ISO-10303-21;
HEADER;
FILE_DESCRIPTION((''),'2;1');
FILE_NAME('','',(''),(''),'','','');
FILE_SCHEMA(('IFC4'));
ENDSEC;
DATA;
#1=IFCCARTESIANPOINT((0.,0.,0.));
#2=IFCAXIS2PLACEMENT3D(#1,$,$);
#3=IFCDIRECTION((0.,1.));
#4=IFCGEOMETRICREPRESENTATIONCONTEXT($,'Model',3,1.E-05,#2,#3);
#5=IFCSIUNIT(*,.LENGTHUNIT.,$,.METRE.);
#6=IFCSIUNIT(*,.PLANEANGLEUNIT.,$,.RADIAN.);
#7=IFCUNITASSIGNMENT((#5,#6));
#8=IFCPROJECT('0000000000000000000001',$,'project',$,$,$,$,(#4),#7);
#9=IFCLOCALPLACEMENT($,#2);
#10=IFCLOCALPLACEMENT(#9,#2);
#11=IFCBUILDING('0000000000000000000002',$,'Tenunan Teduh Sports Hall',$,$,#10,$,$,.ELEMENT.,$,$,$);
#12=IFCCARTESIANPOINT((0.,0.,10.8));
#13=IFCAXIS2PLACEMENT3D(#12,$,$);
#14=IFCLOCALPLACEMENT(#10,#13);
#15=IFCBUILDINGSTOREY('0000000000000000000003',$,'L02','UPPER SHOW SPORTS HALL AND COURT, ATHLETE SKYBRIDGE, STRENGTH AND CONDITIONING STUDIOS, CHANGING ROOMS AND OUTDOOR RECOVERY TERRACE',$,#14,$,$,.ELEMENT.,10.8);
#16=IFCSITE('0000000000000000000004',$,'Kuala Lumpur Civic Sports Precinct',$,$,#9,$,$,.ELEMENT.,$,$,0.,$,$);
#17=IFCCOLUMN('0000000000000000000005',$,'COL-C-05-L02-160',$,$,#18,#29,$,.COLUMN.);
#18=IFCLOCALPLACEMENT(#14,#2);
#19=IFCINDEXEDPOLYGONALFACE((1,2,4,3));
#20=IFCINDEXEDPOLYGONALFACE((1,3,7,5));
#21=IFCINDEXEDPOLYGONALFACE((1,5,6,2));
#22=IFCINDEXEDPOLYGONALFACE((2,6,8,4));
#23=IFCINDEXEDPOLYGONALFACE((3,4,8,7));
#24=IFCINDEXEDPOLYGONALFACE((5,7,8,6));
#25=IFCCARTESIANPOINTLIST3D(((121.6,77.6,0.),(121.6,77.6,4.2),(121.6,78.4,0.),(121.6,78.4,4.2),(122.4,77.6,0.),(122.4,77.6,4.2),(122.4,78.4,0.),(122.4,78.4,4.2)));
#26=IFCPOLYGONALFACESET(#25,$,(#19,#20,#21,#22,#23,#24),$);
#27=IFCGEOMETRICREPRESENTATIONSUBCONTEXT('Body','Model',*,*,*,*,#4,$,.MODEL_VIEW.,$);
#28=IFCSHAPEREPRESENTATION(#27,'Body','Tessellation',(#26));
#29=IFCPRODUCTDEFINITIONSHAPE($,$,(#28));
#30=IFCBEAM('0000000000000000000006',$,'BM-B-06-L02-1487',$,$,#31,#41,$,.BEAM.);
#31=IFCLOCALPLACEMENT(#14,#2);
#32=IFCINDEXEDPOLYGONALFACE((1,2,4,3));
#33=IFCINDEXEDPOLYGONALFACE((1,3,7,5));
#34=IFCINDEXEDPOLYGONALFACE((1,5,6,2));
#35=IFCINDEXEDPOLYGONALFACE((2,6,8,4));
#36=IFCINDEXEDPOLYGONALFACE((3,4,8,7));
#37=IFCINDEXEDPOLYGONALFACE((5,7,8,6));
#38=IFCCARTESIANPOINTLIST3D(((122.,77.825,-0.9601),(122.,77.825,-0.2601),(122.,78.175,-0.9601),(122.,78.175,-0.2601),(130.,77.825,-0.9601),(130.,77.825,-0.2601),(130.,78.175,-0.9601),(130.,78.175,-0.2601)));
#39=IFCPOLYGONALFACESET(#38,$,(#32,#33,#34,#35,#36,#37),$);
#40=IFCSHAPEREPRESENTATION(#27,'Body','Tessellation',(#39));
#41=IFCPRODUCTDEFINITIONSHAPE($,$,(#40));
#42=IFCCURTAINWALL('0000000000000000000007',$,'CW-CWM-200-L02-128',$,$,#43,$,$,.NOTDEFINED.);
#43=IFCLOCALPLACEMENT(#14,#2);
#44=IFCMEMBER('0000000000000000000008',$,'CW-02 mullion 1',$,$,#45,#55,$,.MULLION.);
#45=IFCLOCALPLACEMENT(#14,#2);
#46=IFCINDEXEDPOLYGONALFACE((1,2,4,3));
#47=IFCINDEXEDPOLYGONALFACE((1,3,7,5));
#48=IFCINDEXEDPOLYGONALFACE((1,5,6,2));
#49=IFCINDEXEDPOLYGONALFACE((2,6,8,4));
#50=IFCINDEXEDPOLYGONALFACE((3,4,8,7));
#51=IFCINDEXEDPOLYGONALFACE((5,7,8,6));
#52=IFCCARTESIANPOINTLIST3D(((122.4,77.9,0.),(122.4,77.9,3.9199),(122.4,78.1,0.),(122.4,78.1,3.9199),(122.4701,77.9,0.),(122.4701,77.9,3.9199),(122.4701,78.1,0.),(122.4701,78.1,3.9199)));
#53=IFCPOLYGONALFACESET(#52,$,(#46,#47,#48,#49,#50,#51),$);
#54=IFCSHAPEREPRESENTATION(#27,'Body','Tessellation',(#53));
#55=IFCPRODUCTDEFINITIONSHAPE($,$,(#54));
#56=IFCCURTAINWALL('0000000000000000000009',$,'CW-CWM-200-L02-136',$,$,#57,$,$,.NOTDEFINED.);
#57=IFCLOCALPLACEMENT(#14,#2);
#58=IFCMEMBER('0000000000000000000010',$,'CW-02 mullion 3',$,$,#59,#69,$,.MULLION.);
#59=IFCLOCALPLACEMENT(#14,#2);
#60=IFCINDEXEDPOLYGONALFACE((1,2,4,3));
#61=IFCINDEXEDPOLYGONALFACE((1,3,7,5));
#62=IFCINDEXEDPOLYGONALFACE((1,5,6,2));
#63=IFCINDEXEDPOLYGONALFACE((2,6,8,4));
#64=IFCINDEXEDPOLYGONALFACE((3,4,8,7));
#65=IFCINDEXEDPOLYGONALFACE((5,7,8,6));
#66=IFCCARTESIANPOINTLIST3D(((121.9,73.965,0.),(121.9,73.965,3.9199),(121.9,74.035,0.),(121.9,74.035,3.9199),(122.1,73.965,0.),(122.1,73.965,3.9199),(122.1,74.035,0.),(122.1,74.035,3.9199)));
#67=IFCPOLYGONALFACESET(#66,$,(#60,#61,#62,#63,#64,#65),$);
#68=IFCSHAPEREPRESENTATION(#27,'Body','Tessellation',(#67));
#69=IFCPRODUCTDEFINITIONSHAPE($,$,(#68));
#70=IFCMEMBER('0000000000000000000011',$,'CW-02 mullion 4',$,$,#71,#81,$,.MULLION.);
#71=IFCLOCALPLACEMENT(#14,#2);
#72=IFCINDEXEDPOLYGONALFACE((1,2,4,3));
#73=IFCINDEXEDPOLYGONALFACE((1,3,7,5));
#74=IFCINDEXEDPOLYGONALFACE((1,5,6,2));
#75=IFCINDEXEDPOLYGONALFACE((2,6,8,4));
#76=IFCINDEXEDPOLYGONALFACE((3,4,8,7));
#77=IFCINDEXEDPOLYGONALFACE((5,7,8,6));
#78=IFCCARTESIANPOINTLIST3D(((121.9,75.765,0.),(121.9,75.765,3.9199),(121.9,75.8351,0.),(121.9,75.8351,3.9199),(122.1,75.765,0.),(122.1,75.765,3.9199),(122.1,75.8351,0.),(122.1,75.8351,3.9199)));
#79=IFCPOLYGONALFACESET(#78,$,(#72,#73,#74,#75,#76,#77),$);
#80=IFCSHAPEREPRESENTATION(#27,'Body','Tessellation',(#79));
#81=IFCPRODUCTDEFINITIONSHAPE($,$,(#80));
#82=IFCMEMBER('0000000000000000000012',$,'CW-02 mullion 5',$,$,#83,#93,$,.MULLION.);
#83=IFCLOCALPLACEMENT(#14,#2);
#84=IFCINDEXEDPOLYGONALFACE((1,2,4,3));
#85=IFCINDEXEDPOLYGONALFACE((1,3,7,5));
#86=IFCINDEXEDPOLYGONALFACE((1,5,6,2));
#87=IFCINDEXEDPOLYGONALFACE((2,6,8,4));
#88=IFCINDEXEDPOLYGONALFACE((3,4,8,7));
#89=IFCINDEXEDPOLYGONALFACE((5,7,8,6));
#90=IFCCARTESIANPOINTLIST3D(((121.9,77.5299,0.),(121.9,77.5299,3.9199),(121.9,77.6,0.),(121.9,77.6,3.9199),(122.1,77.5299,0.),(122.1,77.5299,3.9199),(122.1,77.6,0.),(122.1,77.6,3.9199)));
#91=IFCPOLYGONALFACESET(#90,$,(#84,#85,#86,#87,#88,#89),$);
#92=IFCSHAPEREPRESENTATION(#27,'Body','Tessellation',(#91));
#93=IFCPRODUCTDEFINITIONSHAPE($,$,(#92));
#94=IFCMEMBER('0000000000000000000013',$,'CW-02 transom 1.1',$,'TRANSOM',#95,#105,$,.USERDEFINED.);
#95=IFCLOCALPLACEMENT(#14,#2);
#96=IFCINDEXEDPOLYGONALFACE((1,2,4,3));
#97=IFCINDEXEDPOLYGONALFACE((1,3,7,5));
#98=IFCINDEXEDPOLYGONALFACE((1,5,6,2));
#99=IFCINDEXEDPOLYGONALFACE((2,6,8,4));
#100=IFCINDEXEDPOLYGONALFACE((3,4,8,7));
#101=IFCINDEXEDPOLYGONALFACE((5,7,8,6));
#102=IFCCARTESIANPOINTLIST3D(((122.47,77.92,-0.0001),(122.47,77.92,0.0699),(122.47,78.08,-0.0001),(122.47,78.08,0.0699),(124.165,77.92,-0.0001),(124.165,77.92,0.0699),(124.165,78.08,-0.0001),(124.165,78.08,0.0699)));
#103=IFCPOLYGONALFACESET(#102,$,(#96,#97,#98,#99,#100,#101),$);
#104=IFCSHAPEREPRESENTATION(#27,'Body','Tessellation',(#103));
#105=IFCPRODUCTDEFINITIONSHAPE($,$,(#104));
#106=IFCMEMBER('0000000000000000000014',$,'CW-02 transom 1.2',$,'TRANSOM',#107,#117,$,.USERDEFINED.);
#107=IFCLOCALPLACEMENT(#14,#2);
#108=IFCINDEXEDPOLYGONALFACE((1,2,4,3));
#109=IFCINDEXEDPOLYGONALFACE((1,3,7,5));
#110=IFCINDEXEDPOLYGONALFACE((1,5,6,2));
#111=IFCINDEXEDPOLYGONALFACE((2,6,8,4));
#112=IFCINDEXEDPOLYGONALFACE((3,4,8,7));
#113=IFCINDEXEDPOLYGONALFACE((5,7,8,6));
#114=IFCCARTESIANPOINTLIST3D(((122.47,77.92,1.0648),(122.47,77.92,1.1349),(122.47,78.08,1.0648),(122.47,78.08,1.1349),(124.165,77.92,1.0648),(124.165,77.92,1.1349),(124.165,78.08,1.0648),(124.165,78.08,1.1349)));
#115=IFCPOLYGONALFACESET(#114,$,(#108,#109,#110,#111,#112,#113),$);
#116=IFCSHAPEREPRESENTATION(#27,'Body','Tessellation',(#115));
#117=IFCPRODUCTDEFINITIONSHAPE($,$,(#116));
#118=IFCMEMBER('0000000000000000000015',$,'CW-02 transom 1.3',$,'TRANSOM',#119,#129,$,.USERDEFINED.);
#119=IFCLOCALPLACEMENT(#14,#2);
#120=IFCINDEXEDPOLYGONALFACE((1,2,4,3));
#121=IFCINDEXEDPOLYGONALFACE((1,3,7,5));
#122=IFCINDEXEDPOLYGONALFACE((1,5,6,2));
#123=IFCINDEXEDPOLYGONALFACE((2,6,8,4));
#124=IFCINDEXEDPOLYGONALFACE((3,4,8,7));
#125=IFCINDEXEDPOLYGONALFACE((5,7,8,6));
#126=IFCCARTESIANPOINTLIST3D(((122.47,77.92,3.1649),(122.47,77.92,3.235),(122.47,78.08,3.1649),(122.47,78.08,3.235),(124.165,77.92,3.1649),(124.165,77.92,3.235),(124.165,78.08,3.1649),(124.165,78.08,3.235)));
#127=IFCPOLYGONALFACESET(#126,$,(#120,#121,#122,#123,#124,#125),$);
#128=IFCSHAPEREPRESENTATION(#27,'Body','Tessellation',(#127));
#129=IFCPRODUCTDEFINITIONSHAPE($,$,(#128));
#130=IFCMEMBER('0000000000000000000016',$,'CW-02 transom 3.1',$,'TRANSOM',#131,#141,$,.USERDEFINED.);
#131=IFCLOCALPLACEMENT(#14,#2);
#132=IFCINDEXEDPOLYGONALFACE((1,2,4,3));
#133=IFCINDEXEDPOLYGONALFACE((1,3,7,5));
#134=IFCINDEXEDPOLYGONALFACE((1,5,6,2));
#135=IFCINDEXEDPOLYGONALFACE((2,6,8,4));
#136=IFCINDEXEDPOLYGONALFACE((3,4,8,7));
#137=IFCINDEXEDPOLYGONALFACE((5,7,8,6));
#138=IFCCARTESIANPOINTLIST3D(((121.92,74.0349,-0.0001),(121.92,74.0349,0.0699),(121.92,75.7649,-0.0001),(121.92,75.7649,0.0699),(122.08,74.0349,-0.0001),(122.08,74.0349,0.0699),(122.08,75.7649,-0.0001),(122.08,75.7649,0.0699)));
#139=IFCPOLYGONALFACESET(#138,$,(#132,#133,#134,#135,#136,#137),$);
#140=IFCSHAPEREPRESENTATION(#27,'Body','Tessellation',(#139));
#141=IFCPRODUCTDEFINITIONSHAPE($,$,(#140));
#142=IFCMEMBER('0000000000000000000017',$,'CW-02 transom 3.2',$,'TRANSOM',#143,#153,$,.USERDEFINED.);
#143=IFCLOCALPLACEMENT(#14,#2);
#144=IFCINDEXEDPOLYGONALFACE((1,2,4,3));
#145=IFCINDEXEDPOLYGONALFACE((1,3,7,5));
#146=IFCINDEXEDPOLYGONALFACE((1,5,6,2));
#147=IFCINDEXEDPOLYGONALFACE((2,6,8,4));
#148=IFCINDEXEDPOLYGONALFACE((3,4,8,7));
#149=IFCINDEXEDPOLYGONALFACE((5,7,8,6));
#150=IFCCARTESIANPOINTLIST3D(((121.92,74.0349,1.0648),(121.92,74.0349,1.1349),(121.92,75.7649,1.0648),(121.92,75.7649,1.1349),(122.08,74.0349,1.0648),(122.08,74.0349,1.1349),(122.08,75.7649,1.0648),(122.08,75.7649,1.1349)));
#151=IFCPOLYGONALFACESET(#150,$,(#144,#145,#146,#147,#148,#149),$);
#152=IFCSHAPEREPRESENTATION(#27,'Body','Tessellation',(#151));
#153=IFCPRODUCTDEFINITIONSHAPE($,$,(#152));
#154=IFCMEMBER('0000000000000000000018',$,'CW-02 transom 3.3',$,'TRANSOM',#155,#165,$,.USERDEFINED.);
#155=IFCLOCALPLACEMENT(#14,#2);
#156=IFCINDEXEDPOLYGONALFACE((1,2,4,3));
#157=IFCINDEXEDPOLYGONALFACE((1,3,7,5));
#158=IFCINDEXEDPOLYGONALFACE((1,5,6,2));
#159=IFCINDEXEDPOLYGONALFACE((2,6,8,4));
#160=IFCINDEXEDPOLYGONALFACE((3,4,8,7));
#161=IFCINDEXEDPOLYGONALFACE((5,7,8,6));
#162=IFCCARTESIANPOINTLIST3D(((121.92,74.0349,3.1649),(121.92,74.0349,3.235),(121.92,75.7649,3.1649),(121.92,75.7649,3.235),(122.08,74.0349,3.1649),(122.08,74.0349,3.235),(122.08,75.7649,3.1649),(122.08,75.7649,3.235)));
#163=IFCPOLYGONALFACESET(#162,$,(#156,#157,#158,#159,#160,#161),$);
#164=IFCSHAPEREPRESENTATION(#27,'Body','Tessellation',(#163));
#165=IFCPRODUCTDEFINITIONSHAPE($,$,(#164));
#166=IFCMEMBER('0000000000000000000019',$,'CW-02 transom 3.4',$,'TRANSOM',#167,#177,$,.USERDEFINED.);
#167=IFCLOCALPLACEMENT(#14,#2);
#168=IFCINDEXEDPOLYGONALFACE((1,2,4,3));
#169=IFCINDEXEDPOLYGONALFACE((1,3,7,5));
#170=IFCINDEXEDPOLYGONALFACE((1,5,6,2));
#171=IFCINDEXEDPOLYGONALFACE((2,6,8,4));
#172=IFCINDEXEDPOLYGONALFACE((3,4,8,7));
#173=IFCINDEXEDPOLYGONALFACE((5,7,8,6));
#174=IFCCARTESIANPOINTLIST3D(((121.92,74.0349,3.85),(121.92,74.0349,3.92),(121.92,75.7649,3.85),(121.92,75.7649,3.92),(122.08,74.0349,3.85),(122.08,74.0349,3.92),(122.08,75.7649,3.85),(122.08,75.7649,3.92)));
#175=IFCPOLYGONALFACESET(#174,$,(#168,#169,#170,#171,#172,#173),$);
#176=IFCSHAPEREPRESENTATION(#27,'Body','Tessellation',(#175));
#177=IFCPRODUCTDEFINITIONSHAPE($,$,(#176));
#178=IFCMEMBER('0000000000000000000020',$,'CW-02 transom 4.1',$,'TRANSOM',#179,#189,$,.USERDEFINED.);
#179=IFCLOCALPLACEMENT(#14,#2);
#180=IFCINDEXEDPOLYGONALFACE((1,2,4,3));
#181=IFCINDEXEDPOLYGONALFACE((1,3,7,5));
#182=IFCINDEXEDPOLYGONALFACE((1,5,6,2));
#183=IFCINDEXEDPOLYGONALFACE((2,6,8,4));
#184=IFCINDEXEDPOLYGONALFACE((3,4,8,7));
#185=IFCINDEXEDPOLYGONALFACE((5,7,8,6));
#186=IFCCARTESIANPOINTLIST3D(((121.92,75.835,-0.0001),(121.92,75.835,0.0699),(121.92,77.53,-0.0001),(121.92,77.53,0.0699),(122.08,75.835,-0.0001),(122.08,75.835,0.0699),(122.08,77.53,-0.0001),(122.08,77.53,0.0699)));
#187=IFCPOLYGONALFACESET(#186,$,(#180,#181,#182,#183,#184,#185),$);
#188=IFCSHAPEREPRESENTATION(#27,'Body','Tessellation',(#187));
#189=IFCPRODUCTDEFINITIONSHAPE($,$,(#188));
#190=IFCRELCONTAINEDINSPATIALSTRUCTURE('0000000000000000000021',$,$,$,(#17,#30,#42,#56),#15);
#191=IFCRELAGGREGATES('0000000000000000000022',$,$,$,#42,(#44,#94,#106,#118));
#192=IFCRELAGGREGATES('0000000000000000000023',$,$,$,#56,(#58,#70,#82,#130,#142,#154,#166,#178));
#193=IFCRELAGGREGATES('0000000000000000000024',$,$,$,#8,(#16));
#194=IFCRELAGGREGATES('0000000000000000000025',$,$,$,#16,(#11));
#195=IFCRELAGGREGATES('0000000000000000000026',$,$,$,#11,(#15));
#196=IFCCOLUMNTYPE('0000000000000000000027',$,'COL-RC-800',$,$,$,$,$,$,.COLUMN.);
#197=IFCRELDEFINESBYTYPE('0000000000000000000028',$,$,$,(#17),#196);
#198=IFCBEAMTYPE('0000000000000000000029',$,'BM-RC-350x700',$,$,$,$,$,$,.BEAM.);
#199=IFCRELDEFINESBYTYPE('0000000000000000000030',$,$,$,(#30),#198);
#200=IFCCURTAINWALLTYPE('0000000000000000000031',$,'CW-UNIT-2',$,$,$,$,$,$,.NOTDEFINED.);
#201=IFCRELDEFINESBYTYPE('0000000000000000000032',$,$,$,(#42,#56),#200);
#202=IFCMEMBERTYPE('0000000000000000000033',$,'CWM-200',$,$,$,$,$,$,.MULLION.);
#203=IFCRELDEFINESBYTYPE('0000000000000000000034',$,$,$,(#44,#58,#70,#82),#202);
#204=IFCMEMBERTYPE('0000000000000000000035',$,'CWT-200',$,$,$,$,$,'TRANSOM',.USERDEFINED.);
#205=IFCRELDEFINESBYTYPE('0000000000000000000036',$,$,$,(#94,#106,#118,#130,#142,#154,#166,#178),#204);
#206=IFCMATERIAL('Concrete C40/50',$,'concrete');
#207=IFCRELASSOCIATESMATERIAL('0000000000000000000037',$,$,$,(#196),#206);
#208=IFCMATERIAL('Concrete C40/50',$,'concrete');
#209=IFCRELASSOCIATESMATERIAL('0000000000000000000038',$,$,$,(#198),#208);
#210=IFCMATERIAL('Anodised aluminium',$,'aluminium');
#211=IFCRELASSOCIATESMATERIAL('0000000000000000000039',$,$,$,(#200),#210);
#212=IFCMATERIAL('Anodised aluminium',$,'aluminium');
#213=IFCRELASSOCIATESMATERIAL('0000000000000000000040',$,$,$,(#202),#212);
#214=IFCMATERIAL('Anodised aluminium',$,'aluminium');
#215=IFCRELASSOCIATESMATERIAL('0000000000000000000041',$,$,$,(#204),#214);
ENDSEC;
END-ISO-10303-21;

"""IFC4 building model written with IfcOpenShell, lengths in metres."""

from ifc_helpers import new_model, si_unit, direction, frame, origin, origin_2d, place, context, subcontext, project, spatial, rectangle, extrude, material, material_profile, profile_set, type_object, element, aggregate, save


model = new_model("IFC4")

# Units and contexts
model_context = context("Model", 3, precision=1e-05, world=origin(), true_north=direction((0.0, 1.0)))
body_context = subcontext(model_context, "Body", "Model", "MODEL_VIEW")
ifc_project = project(units=[si_unit("LENGTHUNIT", "METRE"), si_unit("PLANEANGLEUNIT", "RADIAN")], contexts=[model_context])

# Site, building, storey
site_placement = place(None, origin())
site = spatial("IfcSite", under=ifc_project, at=site_placement, Name="Kuala Lumpur Civic Sports Precinct", CompositionType="ELEMENT", RefElevation=0.0)
building_placement = place(site_placement, origin())
building = spatial("IfcBuilding", under=site, at=building_placement, Name="Tenunan Teduh Sports Hall", CompositionType="ELEMENT")
storey_placement = place(building_placement, frame((0.0, 0.0, 10.8)))
storey = spatial("IfcBuildingStorey", under=building, at=storey_placement, Name="L02", Description="UPPER SHOW SPORTS HALL AND COURT, ATHLETE SKYBRIDGE, STRENGTH AND CONDITIONING STUDIOS, CHANGING ROOMS AND OUTDOOR RECOVERY TERRACE", CompositionType="ELEMENT", Elevation=10.8)

# Column
ifc_material_1 = material(Name="Concrete C40/50", Category="concrete")
ifc_material_profile_1 = material_profile(ifc_material_1, rectangle(XDim=0.8, YDim=0.8, at=origin_2d()), Name="RC 800x800")
ifc_profile_set_1 = profile_set([ifc_material_profile_1], Name="Concrete C40/50")
column_type = type_object("IfcColumnType", Name="COL-RC-800", PredefinedType="COLUMN", material=ifc_profile_set_1)
column_placement = place(storey_placement, frame((122.0, 78.0, 0.0), z_axis=(0.0, 0.0, 1.0), x_axis=(1.0, 0.0, 0.0)))
element("IfcColumn", 1, at=column_placement, inside=storey, type_object=column_type, Name="COL-C-05-L02-160", PredefinedType="COLUMN", context=body_context, shape_type="SweptSolid", body=[
    extrude(rectangle(XDim=0.8, YDim=0.8, at=origin_2d()), origin(), (0.0, 0.0, 1.0), 4.2),
])

# Beam
ifc_material_2 = material(Name="Concrete C40/50", Category="concrete")
ifc_material_profile_2 = material_profile(ifc_material_2, rectangle(XDim=0.3501, YDim=0.7, at=origin_2d()), Name="RCB 350x700")
ifc_profile_set_2 = profile_set([ifc_material_profile_2], Name="Concrete C40/50")
beam_type = type_object("IfcBeamType", Name="BM-RC-350x700", PredefinedType="BEAM", material=ifc_profile_set_2)
beam_placement = place(storey_placement, frame((122.0, 78.0, -0.6101), z_axis=(1.0, 0.0, 0.0), x_axis=(0.0, 1.0, 0.0)))
element("IfcBeam", 2, at=beam_placement, inside=storey, type_object=beam_type, Name="BM-B-06-L02-1487", PredefinedType="BEAM", context=body_context, shape_type="SweptSolid", body=[
    extrude(rectangle(XDim=0.3501, YDim=0.7, at=origin_2d()), origin(), (0.0, 0.0, 1.0), 8.0),
])

# Curtain wall, member
ifc_material_3 = material(Name="Anodised aluminium", Category="aluminium")
curtain_wall_type = type_object("IfcCurtainWallType", Name="CW-UNIT-2", PredefinedType="NOTDEFINED", material=ifc_material_3)
curtain_wall_1_placement = place(storey_placement, origin())
curtain_wall_1 = element("IfcCurtainWall", 3, at=curtain_wall_1_placement, inside=storey, type_object=curtain_wall_type, Name="CW-CWM-200-L02-128", PredefinedType="NOTDEFINED")
ifc_material_4 = material(Name="Anodised aluminium", Category="aluminium")
ifc_material_profile_3 = material_profile(ifc_material_4, rectangle(XDim=0.0701, YDim=0.2, at=origin_2d()), Name="CWM 70x200")
ifc_profile_set_3 = profile_set([ifc_material_profile_3], Name="Anodised aluminium")
member_type_1 = type_object("IfcMemberType", Name="CWM-200", PredefinedType="MULLION", material=ifc_profile_set_3)
member_1_placement = place(storey_placement, frame((122.4351, 78.0, 0.0), z_axis=(0.0, 0.0, 1.0), x_axis=(1.0, 0.0, 0.0)))
member_1 = element("IfcMember", 4, at=member_1_placement, type_object=member_type_1, Name="CW-02 mullion 1", PredefinedType="MULLION", context=body_context, shape_type="SweptSolid", body=[
    extrude(rectangle(XDim=0.0701, YDim=0.2, at=origin_2d()), origin(), (0.0, 0.0, 1.0), 3.9199),
])

# Curtain wall, members
curtain_wall_2_placement = place(storey_placement, origin())
curtain_wall_2 = element("IfcCurtainWall", 5, at=curtain_wall_2_placement, inside=storey, type_object=curtain_wall_type, Name="CW-CWM-200-L02-136", PredefinedType="NOTDEFINED")
member_2_placement = place(storey_placement, frame((122.0, 74.0, 0.0), z_axis=(0.0, 0.0, 1.0), x_axis=(0.0, 1.0, 0.0)))
member_2 = element("IfcMember", 6, at=member_2_placement, type_object=member_type_1, Name="CW-02 mullion 3", PredefinedType="MULLION", context=body_context, shape_type="SweptSolid", body=[
    extrude(rectangle(XDim=0.0701, YDim=0.2, at=origin_2d()), origin(), (0.0, 0.0, 1.0), 3.9199),
])
member_3_placement = place(storey_placement, frame((122.0, 75.8, 0.0), z_axis=(0.0, 0.0, 1.0), x_axis=(0.0, 1.0, 0.0)))
member_3 = element("IfcMember", 7, at=member_3_placement, type_object=member_type_1, Name="CW-02 mullion 4", PredefinedType="MULLION", context=body_context, shape_type="SweptSolid", body=[
    extrude(rectangle(XDim=0.0701, YDim=0.2, at=origin_2d()), origin(), (0.0, 0.0, 1.0), 3.9199),
])
member_4_placement = place(storey_placement, frame((122.0, 77.5649, 0.0), z_axis=(0.0, 0.0, 1.0), x_axis=(0.0, 1.0, 0.0)))
member_4 = element("IfcMember", 8, at=member_4_placement, type_object=member_type_1, Name="CW-02 mullion 5", PredefinedType="MULLION", context=body_context, shape_type="SweptSolid", body=[
    extrude(rectangle(XDim=0.0701, YDim=0.2, at=origin_2d()), origin(), (0.0, 0.0, 1.0), 3.9199),
])

# Members
ifc_material_5 = material(Name="Anodised aluminium", Category="aluminium")
ifc_material_profile_4 = material_profile(ifc_material_5, rectangle(XDim=0.0701, YDim=0.1599, at=origin_2d()), Name="CWT 70x160")
ifc_profile_set_4 = profile_set([ifc_material_profile_4], Name="Anodised aluminium")
member_type_2 = type_object("IfcMemberType", Name="CWT-200", ElementType="TRANSOM", PredefinedType="USERDEFINED", material=ifc_profile_set_4)
member_5_placement = place(storey_placement, frame((122.47, 78.0, 0.0349), z_axis=(1.0, 0.0, 0.0), x_axis=(0.0, 0.0, 1.0)))
member_5 = element("IfcMember", 9, at=member_5_placement, type_object=member_type_2, Name="CW-02 transom 1.1", ObjectType="TRANSOM", PredefinedType="USERDEFINED", context=body_context, shape_type="SweptSolid", body=[
    extrude(rectangle(XDim=0.0701, YDim=0.1599, at=origin_2d()), origin(), (0.0, 0.0, 1.0), 1.6951),
])
member_6_placement = place(storey_placement, frame((122.47, 78.0, 1.0999), z_axis=(1.0, 0.0, 0.0), x_axis=(0.0, 0.0, 1.0)))
member_6 = element("IfcMember", 10, at=member_6_placement, type_object=member_type_2, Name="CW-02 transom 1.2", ObjectType="TRANSOM", PredefinedType="USERDEFINED", context=body_context, shape_type="SweptSolid", body=[
    extrude(rectangle(XDim=0.0701, YDim=0.1599, at=origin_2d()), origin(), (0.0, 0.0, 1.0), 1.6951),
])
member_7_placement = place(storey_placement, frame((122.47, 78.0, 3.2), z_axis=(1.0, 0.0, 0.0), x_axis=(0.0, 0.0, 1.0)))
member_7 = element("IfcMember", 11, at=member_7_placement, type_object=member_type_2, Name="CW-02 transom 1.3", ObjectType="TRANSOM", PredefinedType="USERDEFINED", context=body_context, shape_type="SweptSolid", body=[
    extrude(rectangle(XDim=0.0701, YDim=0.1599, at=origin_2d()), origin(), (0.0, 0.0, 1.0), 1.6951),
])
aggregate(curtain_wall_1, [member_1, member_5, member_6, member_7])
member_8_placement = place(storey_placement, frame((122.0, 74.0349, 0.0349), z_axis=(0.0, 1.0, 0.0), x_axis=(0.0, 0.0, 1.0)))
member_8 = element("IfcMember", 12, at=member_8_placement, type_object=member_type_2, Name="CW-02 transom 3.1", ObjectType="TRANSOM", PredefinedType="USERDEFINED", context=body_context, shape_type="SweptSolid", body=[
    extrude(rectangle(XDim=0.0701, YDim=0.1599, at=origin_2d()), origin(), (0.0, 0.0, 1.0), 1.73),
])
member_9_placement = place(storey_placement, frame((122.0, 74.0349, 1.0999), z_axis=(0.0, 1.0, 0.0), x_axis=(0.0, 0.0, 1.0)))
member_9 = element("IfcMember", 13, at=member_9_placement, type_object=member_type_2, Name="CW-02 transom 3.2", ObjectType="TRANSOM", PredefinedType="USERDEFINED", context=body_context, shape_type="SweptSolid", body=[
    extrude(rectangle(XDim=0.0701, YDim=0.1599, at=origin_2d()), origin(), (0.0, 0.0, 1.0), 1.73),
])
member_10_placement = place(storey_placement, frame((122.0, 74.0349, 3.2), z_axis=(0.0, 1.0, 0.0), x_axis=(0.0, 0.0, 1.0)))
member_10 = element("IfcMember", 14, at=member_10_placement, type_object=member_type_2, Name="CW-02 transom 3.3", ObjectType="TRANSOM", PredefinedType="USERDEFINED", context=body_context, shape_type="SweptSolid", body=[
    extrude(rectangle(XDim=0.0701, YDim=0.1599, at=origin_2d()), origin(), (0.0, 0.0, 1.0), 1.73),
])
member_11_placement = place(storey_placement, frame((122.0, 74.0349, 3.885), z_axis=(0.0, 1.0, 0.0), x_axis=(0.0, 0.0, 1.0)))
member_11 = element("IfcMember", 15, at=member_11_placement, type_object=member_type_2, Name="CW-02 transom 3.4", ObjectType="TRANSOM", PredefinedType="USERDEFINED", context=body_context, shape_type="SweptSolid", body=[
    extrude(rectangle(XDim=0.0701, YDim=0.1599, at=origin_2d()), origin(), (0.0, 0.0, 1.0), 1.73),
])
member_12_placement = place(storey_placement, frame((122.0, 75.835, 0.0349), z_axis=(0.0, 1.0, 0.0), x_axis=(0.0, 0.0, 1.0)))
member_12 = element("IfcMember", 16, at=member_12_placement, type_object=member_type_2, Name="CW-02 transom 4.1", ObjectType="TRANSOM", PredefinedType="USERDEFINED", context=body_context, shape_type="SweptSolid", body=[
    extrude(rectangle(XDim=0.0701, YDim=0.1599, at=origin_2d()), origin(), (0.0, 0.0, 1.0), 1.6951),
])

aggregate(curtain_wall_2, [member_2, member_3, member_4, member_8, member_9, member_10, member_11, member_12])

save(model, "model.ifc")
